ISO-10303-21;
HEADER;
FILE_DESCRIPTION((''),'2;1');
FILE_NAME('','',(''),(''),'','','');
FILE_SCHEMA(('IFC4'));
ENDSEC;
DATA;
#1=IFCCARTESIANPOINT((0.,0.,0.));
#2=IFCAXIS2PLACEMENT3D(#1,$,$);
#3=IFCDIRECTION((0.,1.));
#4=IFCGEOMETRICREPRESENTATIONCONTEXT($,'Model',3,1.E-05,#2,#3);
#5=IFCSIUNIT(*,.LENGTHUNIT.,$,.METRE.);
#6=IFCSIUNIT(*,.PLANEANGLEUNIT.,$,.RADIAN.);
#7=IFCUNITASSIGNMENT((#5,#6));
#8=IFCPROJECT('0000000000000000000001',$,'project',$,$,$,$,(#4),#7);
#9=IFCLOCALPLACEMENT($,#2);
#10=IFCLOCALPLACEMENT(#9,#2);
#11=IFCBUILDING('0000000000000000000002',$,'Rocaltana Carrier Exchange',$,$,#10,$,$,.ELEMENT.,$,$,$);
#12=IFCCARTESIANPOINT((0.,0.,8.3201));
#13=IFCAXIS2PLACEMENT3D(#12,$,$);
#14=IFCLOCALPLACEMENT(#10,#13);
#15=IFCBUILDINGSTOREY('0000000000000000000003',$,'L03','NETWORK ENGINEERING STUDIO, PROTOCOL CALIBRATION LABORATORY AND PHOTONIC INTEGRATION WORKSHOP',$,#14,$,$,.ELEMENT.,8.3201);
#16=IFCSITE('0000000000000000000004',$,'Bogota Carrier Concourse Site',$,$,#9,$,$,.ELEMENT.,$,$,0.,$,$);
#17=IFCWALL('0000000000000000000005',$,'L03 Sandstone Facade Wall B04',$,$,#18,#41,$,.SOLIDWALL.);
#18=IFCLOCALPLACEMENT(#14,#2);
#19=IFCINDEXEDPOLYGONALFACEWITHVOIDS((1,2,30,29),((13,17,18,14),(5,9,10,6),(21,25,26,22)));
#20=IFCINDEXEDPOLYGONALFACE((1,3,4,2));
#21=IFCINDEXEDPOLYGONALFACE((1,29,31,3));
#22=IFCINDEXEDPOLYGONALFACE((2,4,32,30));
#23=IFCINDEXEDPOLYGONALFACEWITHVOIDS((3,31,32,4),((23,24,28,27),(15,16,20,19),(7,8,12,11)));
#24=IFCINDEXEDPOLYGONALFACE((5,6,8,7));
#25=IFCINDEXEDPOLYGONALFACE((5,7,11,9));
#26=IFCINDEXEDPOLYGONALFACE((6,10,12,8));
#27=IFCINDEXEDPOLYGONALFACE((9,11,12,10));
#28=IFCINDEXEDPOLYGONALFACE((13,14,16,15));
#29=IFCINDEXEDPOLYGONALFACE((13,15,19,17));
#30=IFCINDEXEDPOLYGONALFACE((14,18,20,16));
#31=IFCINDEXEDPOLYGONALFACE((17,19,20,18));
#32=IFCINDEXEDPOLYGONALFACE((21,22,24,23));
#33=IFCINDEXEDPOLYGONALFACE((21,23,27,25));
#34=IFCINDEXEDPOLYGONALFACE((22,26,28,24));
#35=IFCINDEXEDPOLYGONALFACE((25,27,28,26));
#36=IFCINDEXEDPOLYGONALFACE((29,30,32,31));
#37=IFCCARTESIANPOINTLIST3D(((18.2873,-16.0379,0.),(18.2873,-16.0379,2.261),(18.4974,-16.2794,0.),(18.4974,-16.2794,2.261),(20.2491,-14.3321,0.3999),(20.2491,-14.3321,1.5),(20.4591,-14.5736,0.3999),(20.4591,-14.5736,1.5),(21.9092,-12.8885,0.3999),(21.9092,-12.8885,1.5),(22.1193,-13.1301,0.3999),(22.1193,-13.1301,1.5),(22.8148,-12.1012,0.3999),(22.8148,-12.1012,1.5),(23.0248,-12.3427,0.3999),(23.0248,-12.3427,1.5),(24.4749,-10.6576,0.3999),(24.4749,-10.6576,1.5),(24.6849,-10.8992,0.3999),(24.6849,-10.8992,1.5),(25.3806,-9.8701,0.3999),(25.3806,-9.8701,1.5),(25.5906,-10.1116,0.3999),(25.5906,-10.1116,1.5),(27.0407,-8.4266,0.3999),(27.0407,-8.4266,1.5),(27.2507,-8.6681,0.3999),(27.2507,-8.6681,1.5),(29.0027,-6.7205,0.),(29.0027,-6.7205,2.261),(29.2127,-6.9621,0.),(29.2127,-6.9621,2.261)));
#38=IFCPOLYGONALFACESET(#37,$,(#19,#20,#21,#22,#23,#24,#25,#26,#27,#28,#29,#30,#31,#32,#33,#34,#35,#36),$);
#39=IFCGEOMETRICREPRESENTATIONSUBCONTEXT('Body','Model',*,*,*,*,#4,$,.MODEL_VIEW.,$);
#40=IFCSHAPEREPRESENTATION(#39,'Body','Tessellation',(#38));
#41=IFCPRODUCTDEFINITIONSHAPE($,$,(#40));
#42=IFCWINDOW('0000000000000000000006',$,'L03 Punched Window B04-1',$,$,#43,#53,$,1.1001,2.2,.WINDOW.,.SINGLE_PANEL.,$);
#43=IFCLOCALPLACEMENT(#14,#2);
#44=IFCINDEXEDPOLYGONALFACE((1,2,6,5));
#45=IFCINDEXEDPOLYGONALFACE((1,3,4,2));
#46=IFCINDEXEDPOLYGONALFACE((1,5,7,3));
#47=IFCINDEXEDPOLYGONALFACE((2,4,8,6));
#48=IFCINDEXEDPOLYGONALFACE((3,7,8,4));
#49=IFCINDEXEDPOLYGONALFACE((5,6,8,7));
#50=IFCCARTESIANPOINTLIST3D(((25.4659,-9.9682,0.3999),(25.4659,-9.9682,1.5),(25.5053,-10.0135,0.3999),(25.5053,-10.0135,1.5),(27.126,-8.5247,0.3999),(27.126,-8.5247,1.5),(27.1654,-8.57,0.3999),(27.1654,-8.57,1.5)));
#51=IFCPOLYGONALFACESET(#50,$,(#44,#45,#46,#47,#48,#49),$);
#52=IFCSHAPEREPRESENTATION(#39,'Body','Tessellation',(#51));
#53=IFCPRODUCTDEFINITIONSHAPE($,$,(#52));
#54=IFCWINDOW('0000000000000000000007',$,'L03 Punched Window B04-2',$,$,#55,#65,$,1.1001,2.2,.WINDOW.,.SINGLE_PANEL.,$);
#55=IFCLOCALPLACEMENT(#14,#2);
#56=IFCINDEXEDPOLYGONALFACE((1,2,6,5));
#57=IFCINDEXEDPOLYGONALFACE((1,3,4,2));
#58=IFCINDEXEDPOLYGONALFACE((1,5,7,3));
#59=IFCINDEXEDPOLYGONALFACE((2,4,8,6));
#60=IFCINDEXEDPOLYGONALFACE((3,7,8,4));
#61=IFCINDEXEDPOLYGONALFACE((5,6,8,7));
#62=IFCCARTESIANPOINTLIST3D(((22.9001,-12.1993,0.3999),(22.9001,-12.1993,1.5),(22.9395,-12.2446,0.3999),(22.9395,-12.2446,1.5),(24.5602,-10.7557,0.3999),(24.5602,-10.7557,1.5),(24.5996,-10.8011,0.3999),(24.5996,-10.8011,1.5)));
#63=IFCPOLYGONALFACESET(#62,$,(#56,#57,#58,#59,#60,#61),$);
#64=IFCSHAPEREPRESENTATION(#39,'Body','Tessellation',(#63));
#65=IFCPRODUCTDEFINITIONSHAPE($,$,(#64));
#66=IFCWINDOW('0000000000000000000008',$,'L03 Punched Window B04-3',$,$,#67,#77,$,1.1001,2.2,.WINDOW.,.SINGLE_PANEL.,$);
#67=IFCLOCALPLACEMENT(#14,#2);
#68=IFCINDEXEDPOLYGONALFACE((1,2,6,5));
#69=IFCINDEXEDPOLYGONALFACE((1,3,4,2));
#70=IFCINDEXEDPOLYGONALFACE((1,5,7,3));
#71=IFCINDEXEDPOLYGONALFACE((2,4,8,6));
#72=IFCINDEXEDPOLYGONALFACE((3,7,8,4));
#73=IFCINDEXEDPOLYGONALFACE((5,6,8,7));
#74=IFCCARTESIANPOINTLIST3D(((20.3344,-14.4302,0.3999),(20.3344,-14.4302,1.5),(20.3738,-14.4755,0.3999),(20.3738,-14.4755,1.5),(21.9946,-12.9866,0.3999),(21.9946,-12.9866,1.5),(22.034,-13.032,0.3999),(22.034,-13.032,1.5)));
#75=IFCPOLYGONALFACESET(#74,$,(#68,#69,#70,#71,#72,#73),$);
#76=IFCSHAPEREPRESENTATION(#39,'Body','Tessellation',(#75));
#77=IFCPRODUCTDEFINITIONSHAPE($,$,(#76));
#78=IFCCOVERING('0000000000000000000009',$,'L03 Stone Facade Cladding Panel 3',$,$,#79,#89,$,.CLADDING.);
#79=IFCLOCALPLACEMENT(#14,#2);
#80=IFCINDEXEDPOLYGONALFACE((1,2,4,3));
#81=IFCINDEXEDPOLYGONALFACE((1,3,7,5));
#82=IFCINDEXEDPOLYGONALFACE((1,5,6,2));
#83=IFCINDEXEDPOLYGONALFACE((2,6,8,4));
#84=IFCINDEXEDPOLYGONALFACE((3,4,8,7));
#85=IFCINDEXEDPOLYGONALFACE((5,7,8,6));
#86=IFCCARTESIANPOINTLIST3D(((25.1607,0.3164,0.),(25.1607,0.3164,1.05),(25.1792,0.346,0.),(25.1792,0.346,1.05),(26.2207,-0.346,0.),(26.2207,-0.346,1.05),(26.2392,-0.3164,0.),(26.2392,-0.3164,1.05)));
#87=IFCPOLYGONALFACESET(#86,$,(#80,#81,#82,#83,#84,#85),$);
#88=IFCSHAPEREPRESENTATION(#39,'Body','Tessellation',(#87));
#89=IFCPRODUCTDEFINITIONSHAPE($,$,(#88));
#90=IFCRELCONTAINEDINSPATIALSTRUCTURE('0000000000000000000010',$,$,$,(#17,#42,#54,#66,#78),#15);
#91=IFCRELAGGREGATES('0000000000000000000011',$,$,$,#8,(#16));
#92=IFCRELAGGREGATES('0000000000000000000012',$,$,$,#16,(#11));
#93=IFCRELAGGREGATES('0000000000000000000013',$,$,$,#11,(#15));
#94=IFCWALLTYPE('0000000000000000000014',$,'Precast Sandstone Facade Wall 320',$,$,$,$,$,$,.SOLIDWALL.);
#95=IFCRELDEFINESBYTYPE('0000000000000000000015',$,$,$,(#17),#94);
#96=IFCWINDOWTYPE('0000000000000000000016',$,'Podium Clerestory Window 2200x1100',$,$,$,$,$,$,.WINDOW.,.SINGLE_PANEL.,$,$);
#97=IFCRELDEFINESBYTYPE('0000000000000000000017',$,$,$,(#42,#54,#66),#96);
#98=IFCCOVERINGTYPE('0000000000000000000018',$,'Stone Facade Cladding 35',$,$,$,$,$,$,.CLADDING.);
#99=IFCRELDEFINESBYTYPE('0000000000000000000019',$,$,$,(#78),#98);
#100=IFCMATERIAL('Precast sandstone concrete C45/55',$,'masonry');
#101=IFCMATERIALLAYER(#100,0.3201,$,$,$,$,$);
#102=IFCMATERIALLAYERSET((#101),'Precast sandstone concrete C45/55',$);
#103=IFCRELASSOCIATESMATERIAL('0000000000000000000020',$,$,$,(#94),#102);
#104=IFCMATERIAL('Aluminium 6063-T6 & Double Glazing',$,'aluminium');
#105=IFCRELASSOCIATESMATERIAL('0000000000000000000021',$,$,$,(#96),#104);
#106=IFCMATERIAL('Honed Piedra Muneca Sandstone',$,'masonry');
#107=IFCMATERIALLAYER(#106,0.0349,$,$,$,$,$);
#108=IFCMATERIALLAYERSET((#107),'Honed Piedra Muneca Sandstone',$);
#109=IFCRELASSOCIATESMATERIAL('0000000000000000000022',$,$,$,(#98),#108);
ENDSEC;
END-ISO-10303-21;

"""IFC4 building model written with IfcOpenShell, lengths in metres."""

from ifc_helpers import new_model, si_unit, direction, frame, frame_2d, origin, origin_2d, place, context, subcontext, project, spatial, rectangle, extrude, material, layer, layer_set, type_object, element, fill, save


model = new_model("IFC4")

# Units and contexts
model_context = context("Model", 3, precision=1e-05, world=origin(), true_north=direction((0.0, 1.0)))
body_context = subcontext(model_context, "Body", "Model", "MODEL_VIEW")
ifc_project = project(units=[si_unit("LENGTHUNIT", "METRE"), si_unit("PLANEANGLEUNIT", "RADIAN")], contexts=[model_context])

# Site, building, storey
site_placement = place(None, origin())
site = spatial("IfcSite", under=ifc_project, at=site_placement, Name="Bogota Carrier Concourse Site", CompositionType="ELEMENT", RefElevation=0.0)
building_placement = place(site_placement, origin())
building = spatial("IfcBuilding", under=site, at=building_placement, Name="Rocaltana Carrier Exchange", CompositionType="ELEMENT")
storey_placement = place(building_placement, frame((0.0, 0.0, 8.3201)))
storey = spatial("IfcBuildingStorey", under=building, at=storey_placement, Name="L03", Description="NETWORK ENGINEERING STUDIO, PROTOCOL CALIBRATION LABORATORY AND PHOTONIC INTEGRATION WORKSHOP", CompositionType="ELEMENT", Elevation=8.3201)

# Wall, openings, windows
ifc_material_1 = material(Name="Precast sandstone concrete C45/55", Category="masonry")
ifc_layer_1 = layer(ifc_material_1, 0.3201)
ifc_layer_set_1 = layer_set([ifc_layer_1], Name="Precast sandstone concrete C45/55")
wall_type_1 = type_object("IfcWallType", Name="Precast Sandstone Facade Wall 320", PredefinedType="SOLIDWALL", material=ifc_layer_set_1)
wall_1_placement = place(storey_placement, frame((29.1077, -6.8413, 0.0), z_axis=(0.0, 0.0, 1.0), x_axis=(-0.754616, -0.656167, 0.0)))
wall_1 = element("IfcWall", 1, at=wall_1_placement, inside=storey, type_object=wall_type_1, Name="L03 Sandstone Facade Wall B04", PredefinedType="SOLIDWALL", context=body_context, shape_type="SweptSolid", body=[
    extrude(rectangle(XDim=14.1997, YDim=0.3201, at=frame_2d((7.0999, 0.0))), origin(), (0.0, 0.0, 1.0), 2.261),
])
opening_1_placement = place(wall_1_placement, frame((2.5999, 0.0, 0.3999)))
opening_1 = element("IfcOpeningElement", 2, at=opening_1_placement, cuts=wall_1, PredefinedType="OPENING", context=body_context, shape_type="SweptSolid", body=[
    extrude(rectangle(XDim=2.2, YDim=1.1001, at=frame_2d((1.1001, 0.55))), frame((0.0, 0.1699, 0.0), z_axis=(0.0, -1.0, 0.0), x_axis=(1.0, 0.0, 0.0)), (0.0, 0.0, 1.0), 0.3401),
])
opening_2_placement = place(wall_1_placement, frame((6.0, 0.0, 0.3999)))
opening_2 = element("IfcOpeningElement", 3, at=opening_2_placement, cuts=wall_1, PredefinedType="OPENING", context=body_context, shape_type="SweptSolid", body=[
    extrude(rectangle(XDim=2.2, YDim=1.1001, at=frame_2d((1.1001, 0.55))), frame((0.0, 0.1699, 0.0), z_axis=(0.0, -1.0, 0.0), x_axis=(1.0, 0.0, 0.0)), (0.0, 0.0, 1.0), 0.3401),
])
opening_3_placement = place(wall_1_placement, frame((9.3999, 0.0, 0.3999)))
opening_3 = element("IfcOpeningElement", 4, at=opening_3_placement, cuts=wall_1, PredefinedType="OPENING", context=body_context, shape_type="SweptSolid", body=[
    extrude(rectangle(XDim=2.2, YDim=1.1001, at=frame_2d((1.1001, 0.55))), frame((0.0, 0.1699, 0.0), z_axis=(0.0, -1.0, 0.0), x_axis=(1.0, 0.0, 0.0)), (0.0, 0.0, 1.0), 0.3401),
])
ifc_material_2 = material(Name="Aluminium 6063-T6 & Double Glazing", Category="aluminium")
window_type_1 = type_object("IfcWindowType", Name="Podium Clerestory Window 2200x1100", PartitioningType="SINGLE_PANEL", PredefinedType="WINDOW", material=ifc_material_2)
window_1_placement = place(opening_1_placement, origin())
window_1 = element("IfcWindow", 5, at=window_1_placement, inside=storey, type_object=window_type_1, Name="L03 Punched Window B04-1", OverallHeight=1.1001, OverallWidth=2.2, PartitioningType="SINGLE_PANEL", PredefinedType="WINDOW", context=body_context, shape_type="SweptSolid", body=[
    extrude(rectangle(XDim=2.2, YDim=1.1001, at=frame_2d((1.1001, 0.55))), frame((0.0, 0.03, 0.0), z_axis=(0.0, -1.0, 0.0), x_axis=(1.0, 0.0, 0.0)), (0.0, 0.0, 1.0), 0.0601),
])
fill(opening_1, window_1)
window_2_placement = place(opening_2_placement, origin())
window_2 = element("IfcWindow", 6, at=window_2_placement, inside=storey, type_object=window_type_1, Name="L03 Punched Window B04-2", OverallHeight=1.1001, OverallWidth=2.2, PartitioningType="SINGLE_PANEL", PredefinedType="WINDOW", context=body_context, shape_type="SweptSolid", body=[
    extrude(rectangle(XDim=2.2, YDim=1.1001, at=frame_2d((1.1001, 0.55))), frame((0.0, 0.03, 0.0), z_axis=(0.0, -1.0, 0.0), x_axis=(1.0, 0.0, 0.0)), (0.0, 0.0, 1.0), 0.0601),
])
fill(opening_2, window_2)
window_3_placement = place(opening_3_placement, origin())
window_3 = element("IfcWindow", 7, at=window_3_placement, inside=storey, type_object=window_type_1, Name="L03 Punched Window B04-3", OverallHeight=1.1001, OverallWidth=2.2, PartitioningType="SINGLE_PANEL", PredefinedType="WINDOW", context=body_context, shape_type="SweptSolid", body=[
    extrude(rectangle(XDim=2.2, YDim=1.1001, at=frame_2d((1.1001, 0.55))), frame((0.0, 0.03, 0.0), z_axis=(0.0, -1.0, 0.0), x_axis=(1.0, 0.0, 0.0)), (0.0, 0.0, 1.0), 0.0601),
])
fill(opening_3, window_3)

# Covering
ifc_material_3 = material(Name="Honed Piedra Muneca Sandstone", Category="masonry")
ifc_layer_2 = layer(ifc_material_3, 0.0349)
ifc_layer_set_2 = layer_set([ifc_layer_2], Name="Honed Piedra Muneca Sandstone")
covering_type = type_object("IfcCoveringType", Name="Stone Facade Cladding 35", PredefinedType="CLADDING", material=ifc_layer_set_2)
covering_placement = place(storey_placement, frame((25.7, 0.0, 0.0), z_axis=(0.0, 0.0, 1.0), x_axis=(-0.848048, 0.529919, 0.0)))
element("IfcCovering", 8, at=covering_placement, inside=storey, type_object=covering_type, Name="L03 Stone Facade Cladding Panel 3", PredefinedType="CLADDING", context=body_context, shape_type="SweptSolid", body=[
    extrude(rectangle(XDim=1.25, YDim=0.0349, at=origin_2d()), origin(), (0.0, 0.0, 1.0), 1.05),
])

save(model, "model.ifc")
